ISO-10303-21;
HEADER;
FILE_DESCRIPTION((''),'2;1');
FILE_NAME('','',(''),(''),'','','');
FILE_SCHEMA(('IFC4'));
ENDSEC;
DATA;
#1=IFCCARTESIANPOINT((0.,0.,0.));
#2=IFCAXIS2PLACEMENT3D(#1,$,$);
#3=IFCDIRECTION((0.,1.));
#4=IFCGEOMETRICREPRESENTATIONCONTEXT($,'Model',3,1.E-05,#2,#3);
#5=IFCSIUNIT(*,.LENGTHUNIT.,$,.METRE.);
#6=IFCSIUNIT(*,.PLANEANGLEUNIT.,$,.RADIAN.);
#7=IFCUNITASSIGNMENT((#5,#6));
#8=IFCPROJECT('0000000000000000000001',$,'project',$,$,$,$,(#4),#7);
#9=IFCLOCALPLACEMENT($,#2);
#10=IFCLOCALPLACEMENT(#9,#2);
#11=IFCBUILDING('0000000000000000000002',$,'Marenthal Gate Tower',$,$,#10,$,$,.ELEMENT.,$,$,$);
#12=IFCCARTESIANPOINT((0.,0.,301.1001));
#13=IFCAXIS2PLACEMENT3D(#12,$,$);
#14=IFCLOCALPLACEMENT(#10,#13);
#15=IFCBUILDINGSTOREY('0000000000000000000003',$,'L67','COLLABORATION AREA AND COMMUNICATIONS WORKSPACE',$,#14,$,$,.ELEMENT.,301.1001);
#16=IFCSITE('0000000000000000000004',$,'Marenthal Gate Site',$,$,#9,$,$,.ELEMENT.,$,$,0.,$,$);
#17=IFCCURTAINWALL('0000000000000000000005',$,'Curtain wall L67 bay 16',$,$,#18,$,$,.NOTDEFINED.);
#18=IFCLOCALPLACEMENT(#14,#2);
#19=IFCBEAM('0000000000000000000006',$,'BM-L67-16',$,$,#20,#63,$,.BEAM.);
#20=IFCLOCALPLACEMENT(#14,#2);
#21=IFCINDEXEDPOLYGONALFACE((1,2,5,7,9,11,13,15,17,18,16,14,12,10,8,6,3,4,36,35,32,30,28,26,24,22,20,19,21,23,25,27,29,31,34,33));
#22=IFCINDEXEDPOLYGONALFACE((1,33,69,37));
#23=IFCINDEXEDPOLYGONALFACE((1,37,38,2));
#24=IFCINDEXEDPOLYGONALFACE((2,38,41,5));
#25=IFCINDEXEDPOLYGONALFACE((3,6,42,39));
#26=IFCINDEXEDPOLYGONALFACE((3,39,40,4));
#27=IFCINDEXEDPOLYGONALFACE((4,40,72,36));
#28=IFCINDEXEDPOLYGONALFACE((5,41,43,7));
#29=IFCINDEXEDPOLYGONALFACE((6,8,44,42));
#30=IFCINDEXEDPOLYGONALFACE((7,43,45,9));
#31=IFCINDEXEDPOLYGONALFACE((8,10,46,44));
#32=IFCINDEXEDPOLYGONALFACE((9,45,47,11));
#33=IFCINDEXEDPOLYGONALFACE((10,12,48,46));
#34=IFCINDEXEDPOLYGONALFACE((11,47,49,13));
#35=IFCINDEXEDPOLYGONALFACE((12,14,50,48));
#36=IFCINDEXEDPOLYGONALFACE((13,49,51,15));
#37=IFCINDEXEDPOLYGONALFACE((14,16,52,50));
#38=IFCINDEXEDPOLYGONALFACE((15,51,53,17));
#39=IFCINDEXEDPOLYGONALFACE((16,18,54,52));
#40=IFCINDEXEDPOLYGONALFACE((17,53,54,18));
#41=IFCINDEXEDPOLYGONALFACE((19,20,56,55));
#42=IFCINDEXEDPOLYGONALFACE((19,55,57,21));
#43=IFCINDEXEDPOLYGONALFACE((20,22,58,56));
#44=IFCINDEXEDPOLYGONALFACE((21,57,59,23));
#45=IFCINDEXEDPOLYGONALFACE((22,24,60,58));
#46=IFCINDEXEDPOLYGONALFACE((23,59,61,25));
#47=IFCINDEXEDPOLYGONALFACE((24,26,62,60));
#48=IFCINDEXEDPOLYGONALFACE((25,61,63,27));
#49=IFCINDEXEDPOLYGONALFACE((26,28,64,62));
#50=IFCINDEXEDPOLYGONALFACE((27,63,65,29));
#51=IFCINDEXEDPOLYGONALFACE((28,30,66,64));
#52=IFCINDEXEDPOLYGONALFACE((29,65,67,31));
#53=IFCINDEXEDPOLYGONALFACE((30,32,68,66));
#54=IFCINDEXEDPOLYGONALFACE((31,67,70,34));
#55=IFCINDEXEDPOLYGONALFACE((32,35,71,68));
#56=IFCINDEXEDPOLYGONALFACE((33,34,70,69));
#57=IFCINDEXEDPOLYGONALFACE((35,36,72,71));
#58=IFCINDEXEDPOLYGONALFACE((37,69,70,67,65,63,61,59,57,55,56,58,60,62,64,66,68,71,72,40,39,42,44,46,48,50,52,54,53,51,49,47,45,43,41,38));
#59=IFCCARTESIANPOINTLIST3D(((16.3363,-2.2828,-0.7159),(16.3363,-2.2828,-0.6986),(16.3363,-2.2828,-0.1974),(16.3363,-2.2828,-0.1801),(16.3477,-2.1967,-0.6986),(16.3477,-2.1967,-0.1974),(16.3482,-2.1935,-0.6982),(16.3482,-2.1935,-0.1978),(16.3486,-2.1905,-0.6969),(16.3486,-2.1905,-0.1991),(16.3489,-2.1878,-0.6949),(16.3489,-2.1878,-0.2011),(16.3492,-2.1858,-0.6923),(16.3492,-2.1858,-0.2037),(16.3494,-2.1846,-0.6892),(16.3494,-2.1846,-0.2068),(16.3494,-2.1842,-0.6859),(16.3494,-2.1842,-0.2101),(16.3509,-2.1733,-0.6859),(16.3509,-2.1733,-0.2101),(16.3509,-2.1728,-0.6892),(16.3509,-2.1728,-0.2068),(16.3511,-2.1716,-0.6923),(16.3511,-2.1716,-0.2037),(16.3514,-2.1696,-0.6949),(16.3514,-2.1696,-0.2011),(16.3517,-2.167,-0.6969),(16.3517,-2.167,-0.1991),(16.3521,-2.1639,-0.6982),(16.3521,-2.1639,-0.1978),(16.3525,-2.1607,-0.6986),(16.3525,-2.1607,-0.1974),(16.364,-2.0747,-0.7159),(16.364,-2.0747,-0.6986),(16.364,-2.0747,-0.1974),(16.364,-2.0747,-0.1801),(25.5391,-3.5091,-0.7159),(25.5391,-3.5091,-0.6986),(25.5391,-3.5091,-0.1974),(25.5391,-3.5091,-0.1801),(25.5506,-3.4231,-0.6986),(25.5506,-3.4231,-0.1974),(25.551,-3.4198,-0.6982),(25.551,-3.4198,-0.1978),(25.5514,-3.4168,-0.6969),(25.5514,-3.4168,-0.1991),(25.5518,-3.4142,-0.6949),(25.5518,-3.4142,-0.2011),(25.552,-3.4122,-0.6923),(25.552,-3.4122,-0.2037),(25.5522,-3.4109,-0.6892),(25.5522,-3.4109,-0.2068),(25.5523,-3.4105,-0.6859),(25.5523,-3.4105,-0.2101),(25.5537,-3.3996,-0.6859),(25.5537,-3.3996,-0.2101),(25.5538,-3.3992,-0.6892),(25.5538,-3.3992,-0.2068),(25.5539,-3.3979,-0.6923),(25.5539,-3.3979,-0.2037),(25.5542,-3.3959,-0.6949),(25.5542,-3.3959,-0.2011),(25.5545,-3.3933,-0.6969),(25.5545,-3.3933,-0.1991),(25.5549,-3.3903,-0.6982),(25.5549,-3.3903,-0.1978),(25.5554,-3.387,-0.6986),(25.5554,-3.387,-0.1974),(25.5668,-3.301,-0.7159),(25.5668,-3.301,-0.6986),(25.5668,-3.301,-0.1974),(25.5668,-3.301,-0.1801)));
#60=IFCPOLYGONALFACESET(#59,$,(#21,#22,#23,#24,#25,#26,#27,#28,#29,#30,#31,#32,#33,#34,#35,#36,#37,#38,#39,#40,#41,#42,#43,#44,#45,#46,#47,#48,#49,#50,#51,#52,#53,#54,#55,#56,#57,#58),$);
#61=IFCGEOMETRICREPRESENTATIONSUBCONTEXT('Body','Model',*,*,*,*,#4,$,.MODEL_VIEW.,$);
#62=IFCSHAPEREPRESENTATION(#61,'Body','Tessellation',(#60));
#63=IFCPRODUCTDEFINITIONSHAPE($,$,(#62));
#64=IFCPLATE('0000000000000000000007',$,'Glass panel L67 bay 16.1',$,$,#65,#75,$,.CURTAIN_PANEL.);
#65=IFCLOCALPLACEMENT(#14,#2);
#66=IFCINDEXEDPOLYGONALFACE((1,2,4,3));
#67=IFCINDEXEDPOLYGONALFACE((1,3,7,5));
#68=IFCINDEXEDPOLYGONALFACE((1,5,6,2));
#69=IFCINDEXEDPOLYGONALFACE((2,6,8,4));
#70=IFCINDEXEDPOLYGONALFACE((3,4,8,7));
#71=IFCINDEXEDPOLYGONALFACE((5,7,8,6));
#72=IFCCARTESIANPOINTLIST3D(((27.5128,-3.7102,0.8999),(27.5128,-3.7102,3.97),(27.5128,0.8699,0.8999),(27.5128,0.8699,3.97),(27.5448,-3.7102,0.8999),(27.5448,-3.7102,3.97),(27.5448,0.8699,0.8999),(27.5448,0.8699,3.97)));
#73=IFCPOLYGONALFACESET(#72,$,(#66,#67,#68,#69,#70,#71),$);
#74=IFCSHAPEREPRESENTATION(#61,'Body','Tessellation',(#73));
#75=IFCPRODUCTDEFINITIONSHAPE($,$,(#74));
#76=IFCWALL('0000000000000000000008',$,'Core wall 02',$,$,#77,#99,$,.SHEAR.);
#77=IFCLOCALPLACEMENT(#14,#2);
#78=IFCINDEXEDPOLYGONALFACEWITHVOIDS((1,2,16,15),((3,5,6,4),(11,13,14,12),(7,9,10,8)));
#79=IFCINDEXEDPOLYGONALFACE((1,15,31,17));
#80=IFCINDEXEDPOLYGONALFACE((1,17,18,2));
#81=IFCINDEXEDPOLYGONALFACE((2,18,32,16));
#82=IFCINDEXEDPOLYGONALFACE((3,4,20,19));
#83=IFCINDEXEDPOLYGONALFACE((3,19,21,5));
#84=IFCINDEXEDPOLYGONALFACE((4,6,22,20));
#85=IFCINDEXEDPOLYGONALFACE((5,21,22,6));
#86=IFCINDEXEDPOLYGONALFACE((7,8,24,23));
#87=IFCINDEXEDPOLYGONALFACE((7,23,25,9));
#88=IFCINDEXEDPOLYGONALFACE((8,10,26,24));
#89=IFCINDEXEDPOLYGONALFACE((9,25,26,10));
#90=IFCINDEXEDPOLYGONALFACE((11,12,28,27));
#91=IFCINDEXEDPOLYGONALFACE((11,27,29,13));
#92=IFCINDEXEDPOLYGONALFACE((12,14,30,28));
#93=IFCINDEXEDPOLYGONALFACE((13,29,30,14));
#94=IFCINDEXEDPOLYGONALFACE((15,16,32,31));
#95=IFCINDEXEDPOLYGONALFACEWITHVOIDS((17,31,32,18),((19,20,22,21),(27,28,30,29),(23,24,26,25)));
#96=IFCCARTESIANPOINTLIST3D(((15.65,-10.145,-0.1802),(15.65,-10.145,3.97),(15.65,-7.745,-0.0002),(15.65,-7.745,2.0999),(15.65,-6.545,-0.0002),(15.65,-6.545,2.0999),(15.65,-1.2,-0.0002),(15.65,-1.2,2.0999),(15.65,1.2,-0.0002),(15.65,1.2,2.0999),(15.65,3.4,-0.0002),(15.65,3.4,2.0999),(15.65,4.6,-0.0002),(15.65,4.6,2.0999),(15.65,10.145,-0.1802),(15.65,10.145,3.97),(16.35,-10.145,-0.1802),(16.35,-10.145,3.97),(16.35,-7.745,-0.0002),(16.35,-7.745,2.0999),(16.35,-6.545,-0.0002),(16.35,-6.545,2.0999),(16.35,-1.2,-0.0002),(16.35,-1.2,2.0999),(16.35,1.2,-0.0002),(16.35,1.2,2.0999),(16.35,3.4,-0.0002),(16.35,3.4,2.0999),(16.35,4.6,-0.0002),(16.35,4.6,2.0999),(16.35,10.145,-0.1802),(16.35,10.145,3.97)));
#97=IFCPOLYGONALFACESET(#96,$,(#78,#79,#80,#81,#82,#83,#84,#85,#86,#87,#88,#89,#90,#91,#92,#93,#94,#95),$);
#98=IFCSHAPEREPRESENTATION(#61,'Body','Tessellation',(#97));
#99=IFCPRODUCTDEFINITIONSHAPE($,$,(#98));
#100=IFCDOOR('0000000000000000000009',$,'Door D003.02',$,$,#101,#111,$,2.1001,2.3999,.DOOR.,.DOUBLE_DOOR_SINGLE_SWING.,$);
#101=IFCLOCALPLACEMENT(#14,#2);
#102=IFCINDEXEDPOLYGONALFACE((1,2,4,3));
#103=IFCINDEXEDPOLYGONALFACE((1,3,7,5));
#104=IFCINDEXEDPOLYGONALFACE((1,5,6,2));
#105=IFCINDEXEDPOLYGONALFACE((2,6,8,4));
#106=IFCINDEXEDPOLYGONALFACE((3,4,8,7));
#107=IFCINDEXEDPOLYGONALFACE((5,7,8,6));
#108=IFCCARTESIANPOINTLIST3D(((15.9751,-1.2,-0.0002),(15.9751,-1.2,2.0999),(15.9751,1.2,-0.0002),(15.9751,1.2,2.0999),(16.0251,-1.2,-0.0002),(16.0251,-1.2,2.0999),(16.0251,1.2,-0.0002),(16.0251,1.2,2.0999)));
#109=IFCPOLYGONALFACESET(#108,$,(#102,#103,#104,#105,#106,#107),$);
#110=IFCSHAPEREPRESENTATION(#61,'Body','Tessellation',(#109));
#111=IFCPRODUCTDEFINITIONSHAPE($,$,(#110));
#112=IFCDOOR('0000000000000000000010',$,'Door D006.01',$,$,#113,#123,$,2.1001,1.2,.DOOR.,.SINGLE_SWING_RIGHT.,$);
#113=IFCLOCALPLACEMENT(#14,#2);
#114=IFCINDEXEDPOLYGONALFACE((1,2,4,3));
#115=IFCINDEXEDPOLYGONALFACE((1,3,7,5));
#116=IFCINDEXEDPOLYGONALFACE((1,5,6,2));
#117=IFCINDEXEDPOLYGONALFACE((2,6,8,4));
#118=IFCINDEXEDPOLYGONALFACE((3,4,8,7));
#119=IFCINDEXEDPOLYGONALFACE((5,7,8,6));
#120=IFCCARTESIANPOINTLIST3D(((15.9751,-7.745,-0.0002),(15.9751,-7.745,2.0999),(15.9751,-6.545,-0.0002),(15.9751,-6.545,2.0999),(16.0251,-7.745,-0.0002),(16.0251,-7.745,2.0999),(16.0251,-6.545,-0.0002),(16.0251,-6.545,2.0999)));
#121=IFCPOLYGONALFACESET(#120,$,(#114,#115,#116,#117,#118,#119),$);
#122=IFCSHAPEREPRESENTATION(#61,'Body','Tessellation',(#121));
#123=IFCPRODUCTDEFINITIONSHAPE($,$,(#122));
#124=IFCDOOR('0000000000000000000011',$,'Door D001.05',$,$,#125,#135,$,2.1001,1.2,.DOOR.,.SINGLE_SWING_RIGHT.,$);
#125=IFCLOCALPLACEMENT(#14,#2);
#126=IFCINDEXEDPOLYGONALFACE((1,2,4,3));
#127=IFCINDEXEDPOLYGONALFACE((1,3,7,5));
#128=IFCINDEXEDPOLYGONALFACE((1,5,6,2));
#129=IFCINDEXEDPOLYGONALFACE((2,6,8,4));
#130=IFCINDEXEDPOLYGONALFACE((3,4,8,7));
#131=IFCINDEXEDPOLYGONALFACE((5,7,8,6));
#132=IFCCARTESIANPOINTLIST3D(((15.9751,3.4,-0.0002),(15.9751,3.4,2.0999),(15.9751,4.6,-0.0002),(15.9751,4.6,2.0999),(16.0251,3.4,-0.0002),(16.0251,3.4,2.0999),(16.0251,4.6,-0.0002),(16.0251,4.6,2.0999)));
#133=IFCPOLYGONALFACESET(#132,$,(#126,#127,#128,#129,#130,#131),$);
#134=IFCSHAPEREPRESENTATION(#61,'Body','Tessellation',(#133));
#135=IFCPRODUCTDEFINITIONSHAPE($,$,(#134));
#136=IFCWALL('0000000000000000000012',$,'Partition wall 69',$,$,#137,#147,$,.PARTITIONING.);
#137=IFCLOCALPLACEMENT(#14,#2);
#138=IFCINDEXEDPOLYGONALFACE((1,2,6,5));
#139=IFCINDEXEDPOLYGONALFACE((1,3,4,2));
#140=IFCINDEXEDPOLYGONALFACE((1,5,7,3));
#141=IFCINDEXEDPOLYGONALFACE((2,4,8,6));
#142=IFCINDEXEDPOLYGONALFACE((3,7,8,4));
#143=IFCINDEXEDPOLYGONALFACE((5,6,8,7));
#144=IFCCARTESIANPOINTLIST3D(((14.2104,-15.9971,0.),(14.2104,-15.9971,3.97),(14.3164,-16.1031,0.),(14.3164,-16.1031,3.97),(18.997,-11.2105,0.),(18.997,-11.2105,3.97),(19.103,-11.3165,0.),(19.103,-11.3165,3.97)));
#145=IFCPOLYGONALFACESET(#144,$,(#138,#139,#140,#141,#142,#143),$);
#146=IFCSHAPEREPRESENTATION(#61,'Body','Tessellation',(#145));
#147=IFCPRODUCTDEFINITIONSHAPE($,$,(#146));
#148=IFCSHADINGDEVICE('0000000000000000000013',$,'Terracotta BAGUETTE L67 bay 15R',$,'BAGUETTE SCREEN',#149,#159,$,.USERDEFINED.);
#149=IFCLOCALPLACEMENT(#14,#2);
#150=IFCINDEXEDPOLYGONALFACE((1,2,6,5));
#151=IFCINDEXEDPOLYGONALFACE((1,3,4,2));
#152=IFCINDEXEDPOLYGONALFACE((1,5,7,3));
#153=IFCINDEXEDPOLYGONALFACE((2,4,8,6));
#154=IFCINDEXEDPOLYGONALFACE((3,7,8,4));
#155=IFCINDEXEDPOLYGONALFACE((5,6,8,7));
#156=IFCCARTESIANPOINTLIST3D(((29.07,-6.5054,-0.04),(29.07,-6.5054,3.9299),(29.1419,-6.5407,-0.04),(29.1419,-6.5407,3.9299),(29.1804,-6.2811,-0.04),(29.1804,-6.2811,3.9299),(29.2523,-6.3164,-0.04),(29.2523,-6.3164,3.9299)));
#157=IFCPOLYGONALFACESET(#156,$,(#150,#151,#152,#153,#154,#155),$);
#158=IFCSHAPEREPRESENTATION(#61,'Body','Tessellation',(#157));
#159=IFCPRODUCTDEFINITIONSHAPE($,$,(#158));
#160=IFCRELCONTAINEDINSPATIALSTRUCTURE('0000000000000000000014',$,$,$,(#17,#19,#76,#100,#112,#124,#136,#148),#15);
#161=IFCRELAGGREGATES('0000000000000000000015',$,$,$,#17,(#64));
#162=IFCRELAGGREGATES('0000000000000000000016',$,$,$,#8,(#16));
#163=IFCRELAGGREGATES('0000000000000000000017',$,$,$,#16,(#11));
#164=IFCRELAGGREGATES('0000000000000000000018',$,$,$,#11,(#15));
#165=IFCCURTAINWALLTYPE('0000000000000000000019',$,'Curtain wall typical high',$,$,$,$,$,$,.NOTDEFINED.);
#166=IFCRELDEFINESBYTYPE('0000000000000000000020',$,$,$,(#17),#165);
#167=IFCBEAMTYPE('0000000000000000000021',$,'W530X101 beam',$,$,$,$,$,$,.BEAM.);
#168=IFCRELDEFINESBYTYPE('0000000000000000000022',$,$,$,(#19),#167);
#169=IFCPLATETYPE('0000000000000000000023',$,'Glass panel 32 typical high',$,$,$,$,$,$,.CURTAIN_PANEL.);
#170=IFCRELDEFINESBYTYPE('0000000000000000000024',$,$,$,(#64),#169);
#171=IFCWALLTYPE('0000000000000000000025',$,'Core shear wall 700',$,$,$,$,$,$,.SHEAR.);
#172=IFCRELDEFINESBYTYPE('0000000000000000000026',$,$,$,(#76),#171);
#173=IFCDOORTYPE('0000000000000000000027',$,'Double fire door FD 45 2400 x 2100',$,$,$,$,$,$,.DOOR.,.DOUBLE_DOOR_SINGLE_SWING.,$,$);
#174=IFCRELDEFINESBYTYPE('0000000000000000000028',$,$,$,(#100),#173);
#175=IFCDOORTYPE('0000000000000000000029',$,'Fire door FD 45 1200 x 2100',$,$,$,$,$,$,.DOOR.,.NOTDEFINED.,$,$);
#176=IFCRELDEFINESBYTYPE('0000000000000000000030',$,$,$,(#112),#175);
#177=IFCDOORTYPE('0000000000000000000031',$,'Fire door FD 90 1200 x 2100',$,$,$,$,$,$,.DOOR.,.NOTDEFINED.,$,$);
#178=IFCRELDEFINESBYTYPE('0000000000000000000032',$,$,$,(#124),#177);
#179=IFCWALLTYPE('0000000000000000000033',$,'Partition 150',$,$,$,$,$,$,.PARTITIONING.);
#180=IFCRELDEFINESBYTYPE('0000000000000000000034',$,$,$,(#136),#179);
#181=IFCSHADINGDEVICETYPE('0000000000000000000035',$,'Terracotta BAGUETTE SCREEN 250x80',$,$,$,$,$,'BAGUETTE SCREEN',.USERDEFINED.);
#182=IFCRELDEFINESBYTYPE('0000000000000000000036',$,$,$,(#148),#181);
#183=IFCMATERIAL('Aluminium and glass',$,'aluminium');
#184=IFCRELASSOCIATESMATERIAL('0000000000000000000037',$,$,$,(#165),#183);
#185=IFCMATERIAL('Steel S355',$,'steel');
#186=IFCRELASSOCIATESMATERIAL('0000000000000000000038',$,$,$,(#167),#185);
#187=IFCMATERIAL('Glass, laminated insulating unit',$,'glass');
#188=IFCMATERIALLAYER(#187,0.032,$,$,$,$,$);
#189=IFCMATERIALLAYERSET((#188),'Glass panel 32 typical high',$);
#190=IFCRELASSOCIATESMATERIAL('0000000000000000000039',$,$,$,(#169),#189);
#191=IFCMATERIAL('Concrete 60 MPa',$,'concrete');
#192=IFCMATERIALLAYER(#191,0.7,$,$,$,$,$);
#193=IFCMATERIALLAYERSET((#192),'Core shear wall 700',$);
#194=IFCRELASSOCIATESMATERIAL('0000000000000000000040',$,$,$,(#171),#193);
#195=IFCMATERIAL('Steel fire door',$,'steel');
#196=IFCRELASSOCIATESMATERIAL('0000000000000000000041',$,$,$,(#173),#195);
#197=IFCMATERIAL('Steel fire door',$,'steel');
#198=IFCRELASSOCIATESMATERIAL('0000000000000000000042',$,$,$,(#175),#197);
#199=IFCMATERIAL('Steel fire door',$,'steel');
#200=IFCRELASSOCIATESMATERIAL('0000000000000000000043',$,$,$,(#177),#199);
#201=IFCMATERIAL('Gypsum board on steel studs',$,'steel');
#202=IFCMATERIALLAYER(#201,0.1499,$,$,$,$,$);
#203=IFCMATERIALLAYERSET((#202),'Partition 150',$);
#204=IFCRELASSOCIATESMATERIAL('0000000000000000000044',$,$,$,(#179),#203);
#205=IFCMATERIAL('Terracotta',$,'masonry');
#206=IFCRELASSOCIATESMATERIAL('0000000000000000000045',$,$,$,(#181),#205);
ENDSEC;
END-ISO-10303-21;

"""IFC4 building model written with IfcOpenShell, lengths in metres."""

from ifc_helpers import new_model, si_unit, direction, frame, frame_2d, origin, origin_2d, place, context, subcontext, project, spatial, rectangle, i_section, extrude, material, layer, layer_set, material_profile, profile_set, type_object, element, fill, aggregate, save


model = new_model("IFC4")

# Units and contexts
model_context = context("Model", 3, precision=1e-05, world=origin(), true_north=direction((0.0, 1.0)))
body_context = subcontext(model_context, "Body", "Model", "MODEL_VIEW")
ifc_project = project(units=[si_unit("LENGTHUNIT", "METRE"), si_unit("PLANEANGLEUNIT", "RADIAN")], contexts=[model_context])

# Site, building, storey
site_placement = place(None, origin())
site = spatial("IfcSite", under=ifc_project, at=site_placement, Name="Marenthal Gate Site", CompositionType="ELEMENT", RefElevation=0.0)
building_placement = place(site_placement, origin())
building = spatial("IfcBuilding", under=site, at=building_placement, Name="Marenthal Gate Tower", CompositionType="ELEMENT")
storey_placement = place(building_placement, frame((0.0, 0.0, 301.1001)))
storey = spatial("IfcBuildingStorey", under=building, at=storey_placement, Name="L67", Description="COLLABORATION AREA AND COMMUNICATIONS WORKSPACE", CompositionType="ELEMENT", Elevation=301.1001)

# Curtain wall
ifc_material_1 = material(Name="Aluminium and glass", Category="aluminium")
curtain_wall_type = type_object("IfcCurtainWallType", Name="Curtain wall typical high", PredefinedType="NOTDEFINED", material=ifc_material_1)
curtain_wall_placement = place(storey_placement, origin())
curtain_wall = element("IfcCurtainWall", 1, at=curtain_wall_placement, inside=storey, type_object=curtain_wall_type, Name="Curtain wall L67 bay 16", PredefinedType="NOTDEFINED")

# Beam
ifc_material_2 = material(Name="Steel S355", Category="steel")
ifc_material_profile_1 = material_profile(ifc_material_2, i_section(OverallWidth=0.21, OverallDepth=0.5359, WebThickness=0.011, FlangeThickness=0.0173, FilletRadius=0.0127, at=origin_2d()), Name="W530X101")
ifc_profile_set_1 = profile_set([ifc_material_profile_1], Name="Steel S355")
beam_type_1 = type_object("IfcBeamType", Name="W530X101 beam", PredefinedType="BEAM", material=ifc_profile_set_1)
beam_1_placement = place(storey_placement, frame((25.553, -3.405, -0.448), z_axis=(-0.991238, 0.132086, 0.0), x_axis=(-0.132086, -0.991238, 0.0)))
element("IfcBeam", 2, at=beam_1_placement, inside=storey, type_object=beam_type_1, Name="BM-L67-16", PredefinedType="BEAM", context=body_context, shape_type="SweptSolid", body=[
    extrude(i_section(OverallWidth=0.21, OverallDepth=0.5359, WebThickness=0.011, FlangeThickness=0.0173, FilletRadius=0.0127, at=origin_2d()), origin(), (0.0, 0.0, 1.0), 9.2842),
])

# Plate
ifc_material_3 = material(Name="Glass, laminated insulating unit", Category="glass")
ifc_layer_1 = layer(ifc_material_3, 0.032)
ifc_layer_set_1 = layer_set([ifc_layer_1], Name="Glass panel 32 typical high")
plate_type = type_object("IfcPlateType", Name="Glass panel 32 typical high", PredefinedType="CURTAIN_PANEL", material=ifc_layer_set_1)
plate_placement = place(storey_placement, frame((27.5288, -1.4202, 0.8999), z_axis=(0.0, 0.0, 1.0), x_axis=(0.0, 1.0, 0.0)))
plate = element("IfcPlate", 3, at=plate_placement, type_object=plate_type, Name="Glass panel L67 bay 16.1", PredefinedType="CURTAIN_PANEL", context=body_context, shape_type="SweptSolid", body=[
    extrude(rectangle(XDim=4.5801, YDim=0.032, at=origin_2d()), origin(), (0.0, 0.0, 1.0), 3.0701),
])
aggregate(curtain_wall, [plate])

# Wall, openings, doors
ifc_material_4 = material(Name="Concrete 60 MPa", Category="concrete")
ifc_layer_2 = layer(ifc_material_4, 0.7)
ifc_layer_set_2 = layer_set([ifc_layer_2], Name="Core shear wall 700")
wall_type_1 = type_object("IfcWallType", Name="Core shear wall 700", PredefinedType="SHEAR", material=ifc_layer_set_2)
wall_1_placement = place(storey_placement, frame((16.0, -10.145, -0.1802), z_axis=(0.0, 0.0, 1.0), x_axis=(0.0, 1.0, 0.0)))
wall_1 = element("IfcWall", 4, at=wall_1_placement, inside=storey, type_object=wall_type_1, Name="Core wall 02", PredefinedType="SHEAR", context=body_context, shape_type="SweptSolid", body=[
    extrude(rectangle(XDim=20.29, YDim=0.7, at=frame_2d((10.145, 0.0))), origin(), (0.0, 0.0, 1.0), 4.1501),
])
opening_1_placement = place(wall_1_placement, frame((8.9451, 0.0, 0.1799)))
opening_1 = element("IfcOpeningElement", 5, at=opening_1_placement, cuts=wall_1, PredefinedType="OPENING", context=body_context, shape_type="SweptSolid", body=[
    extrude(rectangle(XDim=2.3999, YDim=2.1001, at=frame_2d((1.2, 1.05))), frame((0.0, 0.3599, 0.0), z_axis=(0.0, -1.0, 0.0), x_axis=(1.0, 0.0, 0.0)), (0.0, 0.0, 1.0), 0.72),
])
opening_2_placement = place(wall_1_placement, frame((13.5449, 0.0, 0.1799)))
opening_2 = element("IfcOpeningElement", 6, at=opening_2_placement, cuts=wall_1, PredefinedType="OPENING", context=body_context, shape_type="SweptSolid", body=[
    extrude(rectangle(XDim=1.2, YDim=2.1001, at=frame_2d((0.6001, 1.05))), frame((0.0, 0.3599, 0.0), z_axis=(0.0, -1.0, 0.0), x_axis=(1.0, 0.0, 0.0)), (0.0, 0.0, 1.0), 0.72),
])
opening_3_placement = place(wall_1_placement, frame((2.3999, 0.0, 0.1799)))
opening_3 = element("IfcOpeningElement", 7, at=opening_3_placement, cuts=wall_1, PredefinedType="OPENING", context=body_context, shape_type="SweptSolid", body=[
    extrude(rectangle(XDim=1.2, YDim=2.1001, at=frame_2d((0.6001, 1.05))), frame((0.0, 0.3599, 0.0), z_axis=(0.0, -1.0, 0.0), x_axis=(1.0, 0.0, 0.0)), (0.0, 0.0, 1.0), 0.72),
])
ifc_material_5 = material(Name="Steel fire door", Category="steel")
door_type_1 = type_object("IfcDoorType", Name="Double fire door FD 45 2400 x 2100", OperationType="DOUBLE_DOOR_SINGLE_SWING", PredefinedType="DOOR", material=ifc_material_5)
door_1_placement = place(opening_1_placement, origin())
door_1 = element("IfcDoor", 8, at=door_1_placement, inside=storey, type_object=door_type_1, Name="Door D003.02", OperationType="DOUBLE_DOOR_SINGLE_SWING", OverallHeight=2.1001, OverallWidth=2.3999, PredefinedType="DOOR", context=body_context, shape_type="SweptSolid", body=[
    extrude(rectangle(XDim=2.3999, YDim=2.1001, at=frame_2d((1.2, 1.05))), frame((0.0, 0.0249, 0.0), z_axis=(0.0, -1.0, 0.0), x_axis=(1.0, 0.0, 0.0)), (0.0, 0.0, 1.0), 0.05),
])
fill(opening_1, door_1)
ifc_material_6 = material(Name="Steel fire door", Category="steel")
door_type_2 = type_object("IfcDoorType", Name="Fire door FD 45 1200 x 2100", OperationType="NOTDEFINED", PredefinedType="DOOR", material=ifc_material_6)
door_2_placement = place(opening_3_placement, origin())
door_2 = element("IfcDoor", 9, at=door_2_placement, inside=storey, type_object=door_type_2, Name="Door D006.01", OperationType="SINGLE_SWING_RIGHT", OverallHeight=2.1001, OverallWidth=1.2, PredefinedType="DOOR", context=body_context, shape_type="SweptSolid", body=[
    extrude(rectangle(XDim=1.2, YDim=2.1001, at=frame_2d((0.6001, 1.05))), frame((0.0, 0.0249, 0.0), z_axis=(0.0, -1.0, 0.0), x_axis=(1.0, 0.0, 0.0)), (0.0, 0.0, 1.0), 0.05),
])
fill(opening_3, door_2)
ifc_material_7 = material(Name="Steel fire door", Category="steel")
door_type_3 = type_object("IfcDoorType", Name="Fire door FD 90 1200 x 2100", OperationType="NOTDEFINED", PredefinedType="DOOR", material=ifc_material_7)
door_3_placement = place(opening_2_placement, origin())
door_3 = element("IfcDoor", 10, at=door_3_placement, inside=storey, type_object=door_type_3, Name="Door D001.05", OperationType="SINGLE_SWING_RIGHT", OverallHeight=2.1001, OverallWidth=1.2, PredefinedType="DOOR", context=body_context, shape_type="SweptSolid", body=[
    extrude(rectangle(XDim=1.2, YDim=2.1001, at=frame_2d((0.6001, 1.05))), frame((0.0, 0.0249, 0.0), z_axis=(0.0, -1.0, 0.0), x_axis=(1.0, 0.0, 0.0)), (0.0, 0.0, 1.0), 0.05),
])
fill(opening_2, door_3)

# Wall
ifc_material_8 = material(Name="Gypsum board on steel studs", Category="steel")
ifc_layer_3 = layer(ifc_material_8, 0.1499)
ifc_layer_set_3 = layer_set([ifc_layer_3], Name="Partition 150")
wall_type_2 = type_object("IfcWallType", Name="Partition 150", PredefinedType="PARTITIONING", material=ifc_layer_set_3)
wall_2_placement = place(storey_placement, frame((19.05, -11.2634, 0.0), z_axis=(0.0, 0.0, 1.0), x_axis=(-0.707107, -0.707107, 0.0)))
element("IfcWall", 11, at=wall_2_placement, inside=storey, type_object=wall_type_2, Name="Partition wall 69", PredefinedType="PARTITIONING", context=body_context, shape_type="SweptSolid", body=[
    extrude(rectangle(XDim=6.7693, YDim=0.1499, at=frame_2d((3.3848, 0.0))), origin(), (0.0, 0.0, 1.0), 3.97),
])

# Shading device
ifc_material_9 = material(Name="Terracotta", Category="masonry")
ifc_material_profile_2 = material_profile(ifc_material_9, rectangle(XDim=0.25, YDim=0.0801, at=origin_2d()), Name="Terracotta baguette 250x80")
ifc_profile_set_2 = profile_set([ifc_material_profile_2], Name="Terracotta")
shading_device_type = type_object("IfcShadingDeviceType", Name="Terracotta BAGUETTE SCREEN 250x80", ElementType="BAGUETTE SCREEN", PredefinedType="USERDEFINED", material=ifc_profile_set_2)
shading_device_placement = place(storey_placement, frame((29.1611, -6.4109, -0.04), z_axis=(0.0, 0.0, 1.0), x_axis=(0.441624, 0.8972, 0.0)))
element("IfcShadingDevice", 12, at=shading_device_placement, inside=storey, type_object=shading_device_type, Name="Terracotta BAGUETTE L67 bay 15R", ObjectType="BAGUETTE SCREEN", PredefinedType="USERDEFINED", context=body_context, shape_type="SweptSolid", body=[
    extrude(rectangle(XDim=0.25, YDim=0.0801, at=origin_2d()), origin(), (0.0, 0.0, 1.0), 3.97),
])

save(model, "model.ifc")
